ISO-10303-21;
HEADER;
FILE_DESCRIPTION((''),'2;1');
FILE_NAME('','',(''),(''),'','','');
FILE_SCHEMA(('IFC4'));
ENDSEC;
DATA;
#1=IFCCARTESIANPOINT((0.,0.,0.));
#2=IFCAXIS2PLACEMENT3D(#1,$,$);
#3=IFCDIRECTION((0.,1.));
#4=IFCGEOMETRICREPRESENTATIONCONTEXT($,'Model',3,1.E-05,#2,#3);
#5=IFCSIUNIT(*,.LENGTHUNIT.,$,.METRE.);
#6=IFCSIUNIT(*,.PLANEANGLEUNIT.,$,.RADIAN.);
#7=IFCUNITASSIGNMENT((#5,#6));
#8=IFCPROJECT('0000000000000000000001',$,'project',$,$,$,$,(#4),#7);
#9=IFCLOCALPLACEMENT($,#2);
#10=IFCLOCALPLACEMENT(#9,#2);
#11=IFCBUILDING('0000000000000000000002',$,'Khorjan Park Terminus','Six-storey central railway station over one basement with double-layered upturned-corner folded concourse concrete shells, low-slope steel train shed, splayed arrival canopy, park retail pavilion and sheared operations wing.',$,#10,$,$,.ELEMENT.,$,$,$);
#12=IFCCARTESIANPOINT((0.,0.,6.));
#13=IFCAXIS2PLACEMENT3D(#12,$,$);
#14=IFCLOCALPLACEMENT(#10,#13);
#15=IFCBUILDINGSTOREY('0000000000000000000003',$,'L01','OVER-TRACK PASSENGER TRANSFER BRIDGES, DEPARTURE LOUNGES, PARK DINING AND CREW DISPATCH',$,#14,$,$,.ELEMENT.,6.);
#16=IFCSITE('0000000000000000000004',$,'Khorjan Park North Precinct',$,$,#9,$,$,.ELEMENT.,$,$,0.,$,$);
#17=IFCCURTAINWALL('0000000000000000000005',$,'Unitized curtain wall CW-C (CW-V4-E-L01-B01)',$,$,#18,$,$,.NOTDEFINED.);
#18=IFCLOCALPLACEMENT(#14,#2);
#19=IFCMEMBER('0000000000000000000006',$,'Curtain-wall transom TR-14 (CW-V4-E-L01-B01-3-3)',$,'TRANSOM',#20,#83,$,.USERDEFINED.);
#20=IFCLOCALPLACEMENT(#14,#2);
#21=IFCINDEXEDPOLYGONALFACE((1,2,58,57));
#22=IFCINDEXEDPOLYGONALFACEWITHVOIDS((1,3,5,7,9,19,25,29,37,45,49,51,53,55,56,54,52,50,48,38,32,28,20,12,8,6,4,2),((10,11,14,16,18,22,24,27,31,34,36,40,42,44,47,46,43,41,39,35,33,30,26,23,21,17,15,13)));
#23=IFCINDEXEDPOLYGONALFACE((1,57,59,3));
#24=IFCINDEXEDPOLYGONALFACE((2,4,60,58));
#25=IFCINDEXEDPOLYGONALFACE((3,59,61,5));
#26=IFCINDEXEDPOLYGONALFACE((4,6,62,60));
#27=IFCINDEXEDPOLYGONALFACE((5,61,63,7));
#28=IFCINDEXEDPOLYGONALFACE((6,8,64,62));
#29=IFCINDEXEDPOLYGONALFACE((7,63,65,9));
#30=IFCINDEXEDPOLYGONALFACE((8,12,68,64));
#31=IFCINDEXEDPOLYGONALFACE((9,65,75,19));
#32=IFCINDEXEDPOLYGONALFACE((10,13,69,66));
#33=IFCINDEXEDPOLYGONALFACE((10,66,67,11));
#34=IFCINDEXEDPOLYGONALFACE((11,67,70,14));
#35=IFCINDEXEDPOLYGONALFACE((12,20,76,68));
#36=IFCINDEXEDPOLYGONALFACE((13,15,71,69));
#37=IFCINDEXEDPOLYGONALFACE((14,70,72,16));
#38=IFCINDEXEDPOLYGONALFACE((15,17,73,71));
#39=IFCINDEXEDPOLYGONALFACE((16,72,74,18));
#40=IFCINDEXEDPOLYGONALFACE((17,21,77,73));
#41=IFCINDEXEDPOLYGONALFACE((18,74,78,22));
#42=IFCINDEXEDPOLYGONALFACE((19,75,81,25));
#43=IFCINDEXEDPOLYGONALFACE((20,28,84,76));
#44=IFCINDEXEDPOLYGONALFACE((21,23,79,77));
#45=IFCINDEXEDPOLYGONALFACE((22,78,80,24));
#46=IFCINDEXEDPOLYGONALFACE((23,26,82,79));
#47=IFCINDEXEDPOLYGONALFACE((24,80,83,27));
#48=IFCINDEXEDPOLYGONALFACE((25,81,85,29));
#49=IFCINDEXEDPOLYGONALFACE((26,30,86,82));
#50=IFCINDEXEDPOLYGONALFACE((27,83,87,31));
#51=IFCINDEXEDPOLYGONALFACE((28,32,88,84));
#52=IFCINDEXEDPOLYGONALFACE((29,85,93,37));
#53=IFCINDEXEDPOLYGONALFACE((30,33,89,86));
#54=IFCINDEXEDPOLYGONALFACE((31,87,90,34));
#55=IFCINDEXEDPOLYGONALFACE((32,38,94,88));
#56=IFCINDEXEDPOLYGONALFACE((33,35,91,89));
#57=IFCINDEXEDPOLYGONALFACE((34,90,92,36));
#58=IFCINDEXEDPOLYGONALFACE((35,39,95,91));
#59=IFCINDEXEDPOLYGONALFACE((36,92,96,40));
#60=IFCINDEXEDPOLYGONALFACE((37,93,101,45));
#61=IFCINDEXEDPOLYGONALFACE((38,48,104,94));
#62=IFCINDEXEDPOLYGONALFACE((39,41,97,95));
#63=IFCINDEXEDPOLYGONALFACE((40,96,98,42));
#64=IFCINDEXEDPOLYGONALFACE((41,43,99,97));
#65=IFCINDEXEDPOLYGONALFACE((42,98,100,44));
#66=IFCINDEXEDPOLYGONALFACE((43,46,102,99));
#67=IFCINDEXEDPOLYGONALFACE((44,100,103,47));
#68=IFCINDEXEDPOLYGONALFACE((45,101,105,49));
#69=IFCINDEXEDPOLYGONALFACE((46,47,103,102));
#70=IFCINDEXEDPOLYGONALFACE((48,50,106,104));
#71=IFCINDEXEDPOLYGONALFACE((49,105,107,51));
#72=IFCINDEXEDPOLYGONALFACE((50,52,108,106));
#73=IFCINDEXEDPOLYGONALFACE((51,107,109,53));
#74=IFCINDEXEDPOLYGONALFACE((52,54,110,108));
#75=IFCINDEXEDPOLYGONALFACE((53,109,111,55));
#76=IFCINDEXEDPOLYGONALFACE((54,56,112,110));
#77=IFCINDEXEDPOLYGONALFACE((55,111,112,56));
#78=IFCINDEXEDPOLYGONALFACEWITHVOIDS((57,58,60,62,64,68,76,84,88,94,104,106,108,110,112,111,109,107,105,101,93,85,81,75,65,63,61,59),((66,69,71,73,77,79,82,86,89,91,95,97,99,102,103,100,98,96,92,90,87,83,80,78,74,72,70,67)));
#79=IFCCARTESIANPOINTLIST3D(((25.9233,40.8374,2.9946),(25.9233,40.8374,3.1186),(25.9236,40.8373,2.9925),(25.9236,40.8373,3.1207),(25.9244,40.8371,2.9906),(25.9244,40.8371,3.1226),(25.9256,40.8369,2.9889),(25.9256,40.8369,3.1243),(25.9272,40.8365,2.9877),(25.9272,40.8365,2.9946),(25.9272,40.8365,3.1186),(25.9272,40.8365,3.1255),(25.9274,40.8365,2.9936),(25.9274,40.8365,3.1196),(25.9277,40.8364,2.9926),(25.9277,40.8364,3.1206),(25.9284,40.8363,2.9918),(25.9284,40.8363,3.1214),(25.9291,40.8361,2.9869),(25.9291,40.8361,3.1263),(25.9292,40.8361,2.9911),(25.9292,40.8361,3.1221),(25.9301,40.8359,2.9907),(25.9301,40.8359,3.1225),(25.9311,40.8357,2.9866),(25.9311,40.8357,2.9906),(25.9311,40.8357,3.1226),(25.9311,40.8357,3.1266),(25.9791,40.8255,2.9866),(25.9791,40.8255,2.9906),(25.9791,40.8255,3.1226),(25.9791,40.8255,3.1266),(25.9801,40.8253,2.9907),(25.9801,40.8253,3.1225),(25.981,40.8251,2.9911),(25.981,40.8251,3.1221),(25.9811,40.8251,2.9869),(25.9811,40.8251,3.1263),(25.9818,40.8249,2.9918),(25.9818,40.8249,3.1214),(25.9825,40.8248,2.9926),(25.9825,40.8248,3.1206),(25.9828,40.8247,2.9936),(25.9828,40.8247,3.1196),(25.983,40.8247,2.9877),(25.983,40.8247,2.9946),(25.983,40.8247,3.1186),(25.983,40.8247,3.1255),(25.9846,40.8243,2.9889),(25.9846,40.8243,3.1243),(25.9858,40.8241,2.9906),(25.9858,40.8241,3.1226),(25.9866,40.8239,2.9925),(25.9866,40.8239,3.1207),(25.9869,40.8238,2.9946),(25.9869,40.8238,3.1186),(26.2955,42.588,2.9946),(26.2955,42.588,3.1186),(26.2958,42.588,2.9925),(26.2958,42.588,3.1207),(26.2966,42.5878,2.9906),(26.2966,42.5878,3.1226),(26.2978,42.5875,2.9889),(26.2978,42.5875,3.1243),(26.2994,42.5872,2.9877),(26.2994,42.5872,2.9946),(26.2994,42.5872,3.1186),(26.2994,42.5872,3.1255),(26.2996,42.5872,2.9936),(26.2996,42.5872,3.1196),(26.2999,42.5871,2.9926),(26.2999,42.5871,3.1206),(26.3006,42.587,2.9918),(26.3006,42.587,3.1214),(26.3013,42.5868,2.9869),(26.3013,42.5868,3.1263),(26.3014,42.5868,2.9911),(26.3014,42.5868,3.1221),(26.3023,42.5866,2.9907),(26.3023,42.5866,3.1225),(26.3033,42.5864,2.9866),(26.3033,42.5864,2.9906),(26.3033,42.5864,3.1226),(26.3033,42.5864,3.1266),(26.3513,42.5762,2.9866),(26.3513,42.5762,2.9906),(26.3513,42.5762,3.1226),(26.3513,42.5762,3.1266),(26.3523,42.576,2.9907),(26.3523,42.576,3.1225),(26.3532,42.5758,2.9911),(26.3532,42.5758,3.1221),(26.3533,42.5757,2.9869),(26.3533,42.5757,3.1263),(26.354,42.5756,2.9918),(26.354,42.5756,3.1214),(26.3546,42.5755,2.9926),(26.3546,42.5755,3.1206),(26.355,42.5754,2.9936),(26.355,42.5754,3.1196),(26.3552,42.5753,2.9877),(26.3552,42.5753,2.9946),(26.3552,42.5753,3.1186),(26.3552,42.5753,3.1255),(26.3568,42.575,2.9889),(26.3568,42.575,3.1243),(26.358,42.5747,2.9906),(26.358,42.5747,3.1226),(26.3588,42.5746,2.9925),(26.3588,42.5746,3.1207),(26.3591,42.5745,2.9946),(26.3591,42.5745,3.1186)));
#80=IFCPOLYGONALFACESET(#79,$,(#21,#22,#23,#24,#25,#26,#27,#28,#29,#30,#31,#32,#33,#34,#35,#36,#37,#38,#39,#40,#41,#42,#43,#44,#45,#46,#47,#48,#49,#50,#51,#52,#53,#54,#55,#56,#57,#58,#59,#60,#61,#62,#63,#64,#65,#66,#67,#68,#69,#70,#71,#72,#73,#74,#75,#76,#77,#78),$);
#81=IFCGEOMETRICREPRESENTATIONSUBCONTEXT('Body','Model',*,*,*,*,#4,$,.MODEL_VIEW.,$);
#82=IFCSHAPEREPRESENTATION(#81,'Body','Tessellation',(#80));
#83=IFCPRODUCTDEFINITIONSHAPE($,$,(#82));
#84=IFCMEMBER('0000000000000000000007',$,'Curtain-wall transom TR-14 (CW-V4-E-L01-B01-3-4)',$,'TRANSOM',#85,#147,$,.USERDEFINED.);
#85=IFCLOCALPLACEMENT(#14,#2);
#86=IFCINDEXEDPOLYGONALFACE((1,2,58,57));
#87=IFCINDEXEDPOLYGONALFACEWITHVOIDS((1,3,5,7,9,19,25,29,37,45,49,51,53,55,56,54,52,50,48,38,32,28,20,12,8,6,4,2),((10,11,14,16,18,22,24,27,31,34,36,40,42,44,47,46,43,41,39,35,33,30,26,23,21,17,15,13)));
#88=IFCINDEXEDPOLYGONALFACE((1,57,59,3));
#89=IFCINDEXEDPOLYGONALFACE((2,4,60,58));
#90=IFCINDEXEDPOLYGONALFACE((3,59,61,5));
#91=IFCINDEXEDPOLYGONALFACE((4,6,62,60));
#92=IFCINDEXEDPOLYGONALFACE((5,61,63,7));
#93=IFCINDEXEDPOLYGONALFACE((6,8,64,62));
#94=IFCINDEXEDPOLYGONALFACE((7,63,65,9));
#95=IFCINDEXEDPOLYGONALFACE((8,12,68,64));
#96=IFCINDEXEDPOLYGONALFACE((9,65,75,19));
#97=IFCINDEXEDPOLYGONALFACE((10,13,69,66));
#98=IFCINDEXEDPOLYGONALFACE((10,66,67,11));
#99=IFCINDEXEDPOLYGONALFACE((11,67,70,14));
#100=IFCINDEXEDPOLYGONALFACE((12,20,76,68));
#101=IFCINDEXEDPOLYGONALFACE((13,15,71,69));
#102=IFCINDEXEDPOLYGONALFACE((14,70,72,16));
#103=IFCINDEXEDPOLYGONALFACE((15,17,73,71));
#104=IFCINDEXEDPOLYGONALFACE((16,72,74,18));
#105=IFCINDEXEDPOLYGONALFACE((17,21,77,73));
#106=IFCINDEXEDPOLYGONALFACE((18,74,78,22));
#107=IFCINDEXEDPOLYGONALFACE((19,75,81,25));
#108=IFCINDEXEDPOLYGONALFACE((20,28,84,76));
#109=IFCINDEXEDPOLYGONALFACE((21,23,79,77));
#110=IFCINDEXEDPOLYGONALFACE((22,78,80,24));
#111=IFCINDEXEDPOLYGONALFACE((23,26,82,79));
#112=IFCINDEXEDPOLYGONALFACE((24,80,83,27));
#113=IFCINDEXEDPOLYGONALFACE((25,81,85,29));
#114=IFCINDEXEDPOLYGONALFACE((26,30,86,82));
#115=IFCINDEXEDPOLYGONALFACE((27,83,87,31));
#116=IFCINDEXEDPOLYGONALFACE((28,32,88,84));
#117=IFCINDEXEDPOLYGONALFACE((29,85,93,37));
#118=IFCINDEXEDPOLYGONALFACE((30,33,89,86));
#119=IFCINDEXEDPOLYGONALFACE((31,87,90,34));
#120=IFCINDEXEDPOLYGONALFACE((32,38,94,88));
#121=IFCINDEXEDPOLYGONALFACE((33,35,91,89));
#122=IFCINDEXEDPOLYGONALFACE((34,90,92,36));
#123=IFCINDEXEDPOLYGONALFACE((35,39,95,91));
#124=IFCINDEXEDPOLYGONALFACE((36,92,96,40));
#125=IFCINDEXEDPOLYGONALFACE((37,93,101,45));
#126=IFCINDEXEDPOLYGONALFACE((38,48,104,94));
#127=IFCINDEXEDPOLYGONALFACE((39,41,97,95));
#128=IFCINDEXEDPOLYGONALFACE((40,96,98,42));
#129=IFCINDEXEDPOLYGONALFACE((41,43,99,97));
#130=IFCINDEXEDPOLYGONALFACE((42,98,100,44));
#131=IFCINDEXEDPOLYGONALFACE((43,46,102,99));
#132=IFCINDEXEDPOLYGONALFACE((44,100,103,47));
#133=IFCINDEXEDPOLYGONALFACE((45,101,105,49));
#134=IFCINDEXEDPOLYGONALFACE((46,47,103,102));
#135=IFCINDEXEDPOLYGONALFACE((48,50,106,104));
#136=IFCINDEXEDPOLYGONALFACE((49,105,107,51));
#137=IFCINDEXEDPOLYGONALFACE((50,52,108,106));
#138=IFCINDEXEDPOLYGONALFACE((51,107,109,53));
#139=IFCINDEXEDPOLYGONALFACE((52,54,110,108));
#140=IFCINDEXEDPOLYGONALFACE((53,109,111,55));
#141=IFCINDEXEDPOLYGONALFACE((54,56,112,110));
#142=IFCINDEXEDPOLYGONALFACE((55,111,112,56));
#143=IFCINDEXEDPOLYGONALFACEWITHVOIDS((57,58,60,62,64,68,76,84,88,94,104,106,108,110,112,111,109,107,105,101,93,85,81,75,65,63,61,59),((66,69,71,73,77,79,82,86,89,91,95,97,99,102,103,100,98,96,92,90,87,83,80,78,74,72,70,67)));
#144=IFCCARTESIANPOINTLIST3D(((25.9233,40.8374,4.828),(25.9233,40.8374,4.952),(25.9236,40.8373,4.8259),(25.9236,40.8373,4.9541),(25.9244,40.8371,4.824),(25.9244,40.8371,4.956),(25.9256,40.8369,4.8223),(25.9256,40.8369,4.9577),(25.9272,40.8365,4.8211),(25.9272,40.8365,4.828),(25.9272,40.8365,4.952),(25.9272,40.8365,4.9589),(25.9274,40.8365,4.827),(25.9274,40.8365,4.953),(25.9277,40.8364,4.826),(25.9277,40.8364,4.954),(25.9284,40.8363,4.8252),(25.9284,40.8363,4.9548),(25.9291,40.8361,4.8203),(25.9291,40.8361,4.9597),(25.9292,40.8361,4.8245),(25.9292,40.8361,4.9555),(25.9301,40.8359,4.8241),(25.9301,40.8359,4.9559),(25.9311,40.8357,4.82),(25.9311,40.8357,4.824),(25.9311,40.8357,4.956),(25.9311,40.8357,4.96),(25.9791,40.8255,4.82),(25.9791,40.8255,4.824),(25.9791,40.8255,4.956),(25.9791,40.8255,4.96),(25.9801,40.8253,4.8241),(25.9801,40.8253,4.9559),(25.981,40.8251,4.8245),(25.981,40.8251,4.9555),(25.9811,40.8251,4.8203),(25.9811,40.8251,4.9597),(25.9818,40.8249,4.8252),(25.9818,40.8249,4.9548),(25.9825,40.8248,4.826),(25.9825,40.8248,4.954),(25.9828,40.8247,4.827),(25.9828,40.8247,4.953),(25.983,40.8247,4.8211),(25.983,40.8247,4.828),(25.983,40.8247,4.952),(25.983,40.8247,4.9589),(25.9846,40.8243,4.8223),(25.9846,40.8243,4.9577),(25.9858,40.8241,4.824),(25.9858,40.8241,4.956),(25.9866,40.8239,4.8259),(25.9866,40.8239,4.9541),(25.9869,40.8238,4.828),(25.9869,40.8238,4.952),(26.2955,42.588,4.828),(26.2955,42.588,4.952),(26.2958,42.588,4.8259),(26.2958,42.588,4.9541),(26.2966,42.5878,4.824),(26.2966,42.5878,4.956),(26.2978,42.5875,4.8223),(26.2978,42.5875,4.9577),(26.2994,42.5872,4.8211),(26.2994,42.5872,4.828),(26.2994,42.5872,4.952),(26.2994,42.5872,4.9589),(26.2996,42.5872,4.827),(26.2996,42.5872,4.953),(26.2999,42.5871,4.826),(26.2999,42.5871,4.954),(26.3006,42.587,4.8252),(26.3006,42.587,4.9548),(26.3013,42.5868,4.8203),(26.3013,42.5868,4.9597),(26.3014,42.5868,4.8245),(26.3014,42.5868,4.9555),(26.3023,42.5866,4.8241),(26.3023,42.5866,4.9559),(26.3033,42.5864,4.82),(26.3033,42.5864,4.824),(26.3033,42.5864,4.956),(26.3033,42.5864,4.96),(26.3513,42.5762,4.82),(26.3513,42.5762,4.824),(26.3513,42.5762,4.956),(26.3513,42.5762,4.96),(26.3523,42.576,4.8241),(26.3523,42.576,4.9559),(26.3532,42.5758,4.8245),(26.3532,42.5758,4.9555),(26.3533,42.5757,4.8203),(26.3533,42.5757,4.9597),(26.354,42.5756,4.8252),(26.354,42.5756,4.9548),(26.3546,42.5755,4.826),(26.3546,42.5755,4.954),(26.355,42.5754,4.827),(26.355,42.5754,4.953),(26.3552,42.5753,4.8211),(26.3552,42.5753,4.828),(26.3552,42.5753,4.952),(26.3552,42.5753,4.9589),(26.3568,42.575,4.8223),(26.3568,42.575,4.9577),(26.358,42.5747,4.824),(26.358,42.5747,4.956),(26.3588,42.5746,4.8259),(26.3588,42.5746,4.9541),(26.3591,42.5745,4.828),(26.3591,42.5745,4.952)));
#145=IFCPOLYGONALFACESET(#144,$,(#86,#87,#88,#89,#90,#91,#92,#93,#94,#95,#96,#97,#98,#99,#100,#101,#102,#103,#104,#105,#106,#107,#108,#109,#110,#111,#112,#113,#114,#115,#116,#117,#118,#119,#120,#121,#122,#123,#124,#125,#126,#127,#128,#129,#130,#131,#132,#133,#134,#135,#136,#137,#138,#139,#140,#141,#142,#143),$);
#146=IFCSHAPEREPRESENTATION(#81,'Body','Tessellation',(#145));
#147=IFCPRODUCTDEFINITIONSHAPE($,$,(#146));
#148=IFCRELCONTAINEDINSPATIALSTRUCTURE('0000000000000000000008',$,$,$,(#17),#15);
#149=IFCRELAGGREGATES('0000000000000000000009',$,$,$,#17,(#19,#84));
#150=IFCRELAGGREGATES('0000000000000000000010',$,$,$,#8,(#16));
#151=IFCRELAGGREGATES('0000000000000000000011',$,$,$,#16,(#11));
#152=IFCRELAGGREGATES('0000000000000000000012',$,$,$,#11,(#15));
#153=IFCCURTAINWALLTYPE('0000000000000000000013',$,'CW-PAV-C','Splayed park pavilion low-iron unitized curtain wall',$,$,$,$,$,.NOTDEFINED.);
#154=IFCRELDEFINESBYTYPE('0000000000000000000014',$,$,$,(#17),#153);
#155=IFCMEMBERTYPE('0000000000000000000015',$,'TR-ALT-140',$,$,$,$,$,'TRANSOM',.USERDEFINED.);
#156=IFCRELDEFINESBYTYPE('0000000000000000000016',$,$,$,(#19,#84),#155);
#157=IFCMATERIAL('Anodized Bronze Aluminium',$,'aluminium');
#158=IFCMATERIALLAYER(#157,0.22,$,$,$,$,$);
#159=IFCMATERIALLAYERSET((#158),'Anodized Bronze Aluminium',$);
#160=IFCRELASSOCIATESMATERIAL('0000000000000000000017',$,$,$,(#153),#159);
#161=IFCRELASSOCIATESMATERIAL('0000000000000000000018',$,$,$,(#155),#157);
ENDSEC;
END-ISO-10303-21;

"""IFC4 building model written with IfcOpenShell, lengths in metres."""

from ifc_helpers import new_model, si_unit, direction, frame, origin, origin_2d, place, context, subcontext, project, spatial, hollow_rectangle, extrude, material, layer, layer_set, material_profile, profile_set, type_object, element, aggregate, save


model = new_model("IFC4")

# Units and contexts
model_context = context("Model", 3, precision=1e-05, world=origin(), true_north=direction((0.0, 1.0)))
body_context = subcontext(model_context, "Body", "Model", "MODEL_VIEW")
ifc_project = project(units=[si_unit("LENGTHUNIT", "METRE"), si_unit("PLANEANGLEUNIT", "RADIAN")], contexts=[model_context])

# Site, building, storey
site_placement = place(None, origin())
site = spatial("IfcSite", under=ifc_project, at=site_placement, Name="Khorjan Park North Precinct", CompositionType="ELEMENT", RefElevation=0.0)
building_placement = place(site_placement, origin())
building = spatial("IfcBuilding", under=site, at=building_placement, Name="Khorjan Park Terminus", Description="Six-storey central railway station over one basement with double-layered upturned-corner folded concourse concrete shells, low-slope steel train shed, splayed arrival canopy, park retail pavilion and sheared operations wing.", CompositionType="ELEMENT")
storey_placement = place(building_placement, frame((0.0, 0.0, 6.0)))
storey = spatial("IfcBuildingStorey", under=building, at=storey_placement, Name="L01", Description="OVER-TRACK PASSENGER TRANSFER BRIDGES, DEPARTURE LOUNGES, PARK DINING AND CREW DISPATCH", CompositionType="ELEMENT", Elevation=6.0)

# Curtain wall, members
ifc_material_1 = material(Name="Anodized Bronze Aluminium", Category="aluminium")
ifc_layer_1 = layer(ifc_material_1, 0.22)
ifc_layer_set_1 = layer_set([ifc_layer_1], Name="Anodized Bronze Aluminium")
curtain_wall_type = type_object("IfcCurtainWallType", Name="CW-PAV-C", Description="Splayed park pavilion low-iron unitized curtain wall", PredefinedType="NOTDEFINED", material=ifc_layer_set_1)
curtain_wall_placement = place(storey_placement, origin())
curtain_wall = element("IfcCurtainWall", 1, at=curtain_wall_placement, inside=storey, type_object=curtain_wall_type, Name="Unitized curtain wall CW-C (CW-V4-E-L01-B01)", PredefinedType="NOTDEFINED")
ifc_material_profile_1 = material_profile(ifc_material_1, hollow_rectangle(XDim=0.065, YDim=0.14, WallThickness=0.004, InnerFilletRadius=0.004, OuterFilletRadius=0.008, at=origin_2d()), Name="ALT 65x140x4")
ifc_profile_set_1 = profile_set([ifc_material_profile_1], Name="Anodized Bronze Aluminium")
member_type_1 = type_object("IfcMemberType", Name="TR-ALT-140", ElementType="TRANSOM", PredefinedType="USERDEFINED", material=ifc_profile_set_1)
member_1_placement = place(storey_placement, frame((25.9551, 40.8306, 3.0566), z_axis=(0.207953, 0.978139, 0.0), x_axis=(-0.978139, 0.207953, 0.0)))
member_1 = element("IfcMember", 2, at=member_1_placement, type_object=member_type_1, Name="Curtain-wall transom TR-14 (CW-V4-E-L01-B01-3-3)", ObjectType="TRANSOM", PredefinedType="USERDEFINED", context=body_context, shape_type="SweptSolid", body=[
    extrude(hollow_rectangle(XDim=0.065, YDim=0.14, WallThickness=0.004, InnerFilletRadius=0.004, OuterFilletRadius=0.008, at=origin_2d()), origin(), (0.0, 0.0, 1.0), 1.7898),
])
member_2_placement = place(storey_placement, frame((25.9551, 40.8306, 4.89), z_axis=(0.207953, 0.978139, 0.0), x_axis=(-0.978139, 0.207953, 0.0)))
member_2 = element("IfcMember", 3, at=member_2_placement, type_object=member_type_1, Name="Curtain-wall transom TR-14 (CW-V4-E-L01-B01-3-4)", ObjectType="TRANSOM", PredefinedType="USERDEFINED", context=body_context, shape_type="SweptSolid", body=[
    extrude(hollow_rectangle(XDim=0.065, YDim=0.14, WallThickness=0.004, InnerFilletRadius=0.004, OuterFilletRadius=0.008, at=origin_2d()), origin(), (0.0, 0.0, 1.0), 1.7898),
])
aggregate(curtain_wall, [member_1, member_2])

save(model, "model.ifc")
